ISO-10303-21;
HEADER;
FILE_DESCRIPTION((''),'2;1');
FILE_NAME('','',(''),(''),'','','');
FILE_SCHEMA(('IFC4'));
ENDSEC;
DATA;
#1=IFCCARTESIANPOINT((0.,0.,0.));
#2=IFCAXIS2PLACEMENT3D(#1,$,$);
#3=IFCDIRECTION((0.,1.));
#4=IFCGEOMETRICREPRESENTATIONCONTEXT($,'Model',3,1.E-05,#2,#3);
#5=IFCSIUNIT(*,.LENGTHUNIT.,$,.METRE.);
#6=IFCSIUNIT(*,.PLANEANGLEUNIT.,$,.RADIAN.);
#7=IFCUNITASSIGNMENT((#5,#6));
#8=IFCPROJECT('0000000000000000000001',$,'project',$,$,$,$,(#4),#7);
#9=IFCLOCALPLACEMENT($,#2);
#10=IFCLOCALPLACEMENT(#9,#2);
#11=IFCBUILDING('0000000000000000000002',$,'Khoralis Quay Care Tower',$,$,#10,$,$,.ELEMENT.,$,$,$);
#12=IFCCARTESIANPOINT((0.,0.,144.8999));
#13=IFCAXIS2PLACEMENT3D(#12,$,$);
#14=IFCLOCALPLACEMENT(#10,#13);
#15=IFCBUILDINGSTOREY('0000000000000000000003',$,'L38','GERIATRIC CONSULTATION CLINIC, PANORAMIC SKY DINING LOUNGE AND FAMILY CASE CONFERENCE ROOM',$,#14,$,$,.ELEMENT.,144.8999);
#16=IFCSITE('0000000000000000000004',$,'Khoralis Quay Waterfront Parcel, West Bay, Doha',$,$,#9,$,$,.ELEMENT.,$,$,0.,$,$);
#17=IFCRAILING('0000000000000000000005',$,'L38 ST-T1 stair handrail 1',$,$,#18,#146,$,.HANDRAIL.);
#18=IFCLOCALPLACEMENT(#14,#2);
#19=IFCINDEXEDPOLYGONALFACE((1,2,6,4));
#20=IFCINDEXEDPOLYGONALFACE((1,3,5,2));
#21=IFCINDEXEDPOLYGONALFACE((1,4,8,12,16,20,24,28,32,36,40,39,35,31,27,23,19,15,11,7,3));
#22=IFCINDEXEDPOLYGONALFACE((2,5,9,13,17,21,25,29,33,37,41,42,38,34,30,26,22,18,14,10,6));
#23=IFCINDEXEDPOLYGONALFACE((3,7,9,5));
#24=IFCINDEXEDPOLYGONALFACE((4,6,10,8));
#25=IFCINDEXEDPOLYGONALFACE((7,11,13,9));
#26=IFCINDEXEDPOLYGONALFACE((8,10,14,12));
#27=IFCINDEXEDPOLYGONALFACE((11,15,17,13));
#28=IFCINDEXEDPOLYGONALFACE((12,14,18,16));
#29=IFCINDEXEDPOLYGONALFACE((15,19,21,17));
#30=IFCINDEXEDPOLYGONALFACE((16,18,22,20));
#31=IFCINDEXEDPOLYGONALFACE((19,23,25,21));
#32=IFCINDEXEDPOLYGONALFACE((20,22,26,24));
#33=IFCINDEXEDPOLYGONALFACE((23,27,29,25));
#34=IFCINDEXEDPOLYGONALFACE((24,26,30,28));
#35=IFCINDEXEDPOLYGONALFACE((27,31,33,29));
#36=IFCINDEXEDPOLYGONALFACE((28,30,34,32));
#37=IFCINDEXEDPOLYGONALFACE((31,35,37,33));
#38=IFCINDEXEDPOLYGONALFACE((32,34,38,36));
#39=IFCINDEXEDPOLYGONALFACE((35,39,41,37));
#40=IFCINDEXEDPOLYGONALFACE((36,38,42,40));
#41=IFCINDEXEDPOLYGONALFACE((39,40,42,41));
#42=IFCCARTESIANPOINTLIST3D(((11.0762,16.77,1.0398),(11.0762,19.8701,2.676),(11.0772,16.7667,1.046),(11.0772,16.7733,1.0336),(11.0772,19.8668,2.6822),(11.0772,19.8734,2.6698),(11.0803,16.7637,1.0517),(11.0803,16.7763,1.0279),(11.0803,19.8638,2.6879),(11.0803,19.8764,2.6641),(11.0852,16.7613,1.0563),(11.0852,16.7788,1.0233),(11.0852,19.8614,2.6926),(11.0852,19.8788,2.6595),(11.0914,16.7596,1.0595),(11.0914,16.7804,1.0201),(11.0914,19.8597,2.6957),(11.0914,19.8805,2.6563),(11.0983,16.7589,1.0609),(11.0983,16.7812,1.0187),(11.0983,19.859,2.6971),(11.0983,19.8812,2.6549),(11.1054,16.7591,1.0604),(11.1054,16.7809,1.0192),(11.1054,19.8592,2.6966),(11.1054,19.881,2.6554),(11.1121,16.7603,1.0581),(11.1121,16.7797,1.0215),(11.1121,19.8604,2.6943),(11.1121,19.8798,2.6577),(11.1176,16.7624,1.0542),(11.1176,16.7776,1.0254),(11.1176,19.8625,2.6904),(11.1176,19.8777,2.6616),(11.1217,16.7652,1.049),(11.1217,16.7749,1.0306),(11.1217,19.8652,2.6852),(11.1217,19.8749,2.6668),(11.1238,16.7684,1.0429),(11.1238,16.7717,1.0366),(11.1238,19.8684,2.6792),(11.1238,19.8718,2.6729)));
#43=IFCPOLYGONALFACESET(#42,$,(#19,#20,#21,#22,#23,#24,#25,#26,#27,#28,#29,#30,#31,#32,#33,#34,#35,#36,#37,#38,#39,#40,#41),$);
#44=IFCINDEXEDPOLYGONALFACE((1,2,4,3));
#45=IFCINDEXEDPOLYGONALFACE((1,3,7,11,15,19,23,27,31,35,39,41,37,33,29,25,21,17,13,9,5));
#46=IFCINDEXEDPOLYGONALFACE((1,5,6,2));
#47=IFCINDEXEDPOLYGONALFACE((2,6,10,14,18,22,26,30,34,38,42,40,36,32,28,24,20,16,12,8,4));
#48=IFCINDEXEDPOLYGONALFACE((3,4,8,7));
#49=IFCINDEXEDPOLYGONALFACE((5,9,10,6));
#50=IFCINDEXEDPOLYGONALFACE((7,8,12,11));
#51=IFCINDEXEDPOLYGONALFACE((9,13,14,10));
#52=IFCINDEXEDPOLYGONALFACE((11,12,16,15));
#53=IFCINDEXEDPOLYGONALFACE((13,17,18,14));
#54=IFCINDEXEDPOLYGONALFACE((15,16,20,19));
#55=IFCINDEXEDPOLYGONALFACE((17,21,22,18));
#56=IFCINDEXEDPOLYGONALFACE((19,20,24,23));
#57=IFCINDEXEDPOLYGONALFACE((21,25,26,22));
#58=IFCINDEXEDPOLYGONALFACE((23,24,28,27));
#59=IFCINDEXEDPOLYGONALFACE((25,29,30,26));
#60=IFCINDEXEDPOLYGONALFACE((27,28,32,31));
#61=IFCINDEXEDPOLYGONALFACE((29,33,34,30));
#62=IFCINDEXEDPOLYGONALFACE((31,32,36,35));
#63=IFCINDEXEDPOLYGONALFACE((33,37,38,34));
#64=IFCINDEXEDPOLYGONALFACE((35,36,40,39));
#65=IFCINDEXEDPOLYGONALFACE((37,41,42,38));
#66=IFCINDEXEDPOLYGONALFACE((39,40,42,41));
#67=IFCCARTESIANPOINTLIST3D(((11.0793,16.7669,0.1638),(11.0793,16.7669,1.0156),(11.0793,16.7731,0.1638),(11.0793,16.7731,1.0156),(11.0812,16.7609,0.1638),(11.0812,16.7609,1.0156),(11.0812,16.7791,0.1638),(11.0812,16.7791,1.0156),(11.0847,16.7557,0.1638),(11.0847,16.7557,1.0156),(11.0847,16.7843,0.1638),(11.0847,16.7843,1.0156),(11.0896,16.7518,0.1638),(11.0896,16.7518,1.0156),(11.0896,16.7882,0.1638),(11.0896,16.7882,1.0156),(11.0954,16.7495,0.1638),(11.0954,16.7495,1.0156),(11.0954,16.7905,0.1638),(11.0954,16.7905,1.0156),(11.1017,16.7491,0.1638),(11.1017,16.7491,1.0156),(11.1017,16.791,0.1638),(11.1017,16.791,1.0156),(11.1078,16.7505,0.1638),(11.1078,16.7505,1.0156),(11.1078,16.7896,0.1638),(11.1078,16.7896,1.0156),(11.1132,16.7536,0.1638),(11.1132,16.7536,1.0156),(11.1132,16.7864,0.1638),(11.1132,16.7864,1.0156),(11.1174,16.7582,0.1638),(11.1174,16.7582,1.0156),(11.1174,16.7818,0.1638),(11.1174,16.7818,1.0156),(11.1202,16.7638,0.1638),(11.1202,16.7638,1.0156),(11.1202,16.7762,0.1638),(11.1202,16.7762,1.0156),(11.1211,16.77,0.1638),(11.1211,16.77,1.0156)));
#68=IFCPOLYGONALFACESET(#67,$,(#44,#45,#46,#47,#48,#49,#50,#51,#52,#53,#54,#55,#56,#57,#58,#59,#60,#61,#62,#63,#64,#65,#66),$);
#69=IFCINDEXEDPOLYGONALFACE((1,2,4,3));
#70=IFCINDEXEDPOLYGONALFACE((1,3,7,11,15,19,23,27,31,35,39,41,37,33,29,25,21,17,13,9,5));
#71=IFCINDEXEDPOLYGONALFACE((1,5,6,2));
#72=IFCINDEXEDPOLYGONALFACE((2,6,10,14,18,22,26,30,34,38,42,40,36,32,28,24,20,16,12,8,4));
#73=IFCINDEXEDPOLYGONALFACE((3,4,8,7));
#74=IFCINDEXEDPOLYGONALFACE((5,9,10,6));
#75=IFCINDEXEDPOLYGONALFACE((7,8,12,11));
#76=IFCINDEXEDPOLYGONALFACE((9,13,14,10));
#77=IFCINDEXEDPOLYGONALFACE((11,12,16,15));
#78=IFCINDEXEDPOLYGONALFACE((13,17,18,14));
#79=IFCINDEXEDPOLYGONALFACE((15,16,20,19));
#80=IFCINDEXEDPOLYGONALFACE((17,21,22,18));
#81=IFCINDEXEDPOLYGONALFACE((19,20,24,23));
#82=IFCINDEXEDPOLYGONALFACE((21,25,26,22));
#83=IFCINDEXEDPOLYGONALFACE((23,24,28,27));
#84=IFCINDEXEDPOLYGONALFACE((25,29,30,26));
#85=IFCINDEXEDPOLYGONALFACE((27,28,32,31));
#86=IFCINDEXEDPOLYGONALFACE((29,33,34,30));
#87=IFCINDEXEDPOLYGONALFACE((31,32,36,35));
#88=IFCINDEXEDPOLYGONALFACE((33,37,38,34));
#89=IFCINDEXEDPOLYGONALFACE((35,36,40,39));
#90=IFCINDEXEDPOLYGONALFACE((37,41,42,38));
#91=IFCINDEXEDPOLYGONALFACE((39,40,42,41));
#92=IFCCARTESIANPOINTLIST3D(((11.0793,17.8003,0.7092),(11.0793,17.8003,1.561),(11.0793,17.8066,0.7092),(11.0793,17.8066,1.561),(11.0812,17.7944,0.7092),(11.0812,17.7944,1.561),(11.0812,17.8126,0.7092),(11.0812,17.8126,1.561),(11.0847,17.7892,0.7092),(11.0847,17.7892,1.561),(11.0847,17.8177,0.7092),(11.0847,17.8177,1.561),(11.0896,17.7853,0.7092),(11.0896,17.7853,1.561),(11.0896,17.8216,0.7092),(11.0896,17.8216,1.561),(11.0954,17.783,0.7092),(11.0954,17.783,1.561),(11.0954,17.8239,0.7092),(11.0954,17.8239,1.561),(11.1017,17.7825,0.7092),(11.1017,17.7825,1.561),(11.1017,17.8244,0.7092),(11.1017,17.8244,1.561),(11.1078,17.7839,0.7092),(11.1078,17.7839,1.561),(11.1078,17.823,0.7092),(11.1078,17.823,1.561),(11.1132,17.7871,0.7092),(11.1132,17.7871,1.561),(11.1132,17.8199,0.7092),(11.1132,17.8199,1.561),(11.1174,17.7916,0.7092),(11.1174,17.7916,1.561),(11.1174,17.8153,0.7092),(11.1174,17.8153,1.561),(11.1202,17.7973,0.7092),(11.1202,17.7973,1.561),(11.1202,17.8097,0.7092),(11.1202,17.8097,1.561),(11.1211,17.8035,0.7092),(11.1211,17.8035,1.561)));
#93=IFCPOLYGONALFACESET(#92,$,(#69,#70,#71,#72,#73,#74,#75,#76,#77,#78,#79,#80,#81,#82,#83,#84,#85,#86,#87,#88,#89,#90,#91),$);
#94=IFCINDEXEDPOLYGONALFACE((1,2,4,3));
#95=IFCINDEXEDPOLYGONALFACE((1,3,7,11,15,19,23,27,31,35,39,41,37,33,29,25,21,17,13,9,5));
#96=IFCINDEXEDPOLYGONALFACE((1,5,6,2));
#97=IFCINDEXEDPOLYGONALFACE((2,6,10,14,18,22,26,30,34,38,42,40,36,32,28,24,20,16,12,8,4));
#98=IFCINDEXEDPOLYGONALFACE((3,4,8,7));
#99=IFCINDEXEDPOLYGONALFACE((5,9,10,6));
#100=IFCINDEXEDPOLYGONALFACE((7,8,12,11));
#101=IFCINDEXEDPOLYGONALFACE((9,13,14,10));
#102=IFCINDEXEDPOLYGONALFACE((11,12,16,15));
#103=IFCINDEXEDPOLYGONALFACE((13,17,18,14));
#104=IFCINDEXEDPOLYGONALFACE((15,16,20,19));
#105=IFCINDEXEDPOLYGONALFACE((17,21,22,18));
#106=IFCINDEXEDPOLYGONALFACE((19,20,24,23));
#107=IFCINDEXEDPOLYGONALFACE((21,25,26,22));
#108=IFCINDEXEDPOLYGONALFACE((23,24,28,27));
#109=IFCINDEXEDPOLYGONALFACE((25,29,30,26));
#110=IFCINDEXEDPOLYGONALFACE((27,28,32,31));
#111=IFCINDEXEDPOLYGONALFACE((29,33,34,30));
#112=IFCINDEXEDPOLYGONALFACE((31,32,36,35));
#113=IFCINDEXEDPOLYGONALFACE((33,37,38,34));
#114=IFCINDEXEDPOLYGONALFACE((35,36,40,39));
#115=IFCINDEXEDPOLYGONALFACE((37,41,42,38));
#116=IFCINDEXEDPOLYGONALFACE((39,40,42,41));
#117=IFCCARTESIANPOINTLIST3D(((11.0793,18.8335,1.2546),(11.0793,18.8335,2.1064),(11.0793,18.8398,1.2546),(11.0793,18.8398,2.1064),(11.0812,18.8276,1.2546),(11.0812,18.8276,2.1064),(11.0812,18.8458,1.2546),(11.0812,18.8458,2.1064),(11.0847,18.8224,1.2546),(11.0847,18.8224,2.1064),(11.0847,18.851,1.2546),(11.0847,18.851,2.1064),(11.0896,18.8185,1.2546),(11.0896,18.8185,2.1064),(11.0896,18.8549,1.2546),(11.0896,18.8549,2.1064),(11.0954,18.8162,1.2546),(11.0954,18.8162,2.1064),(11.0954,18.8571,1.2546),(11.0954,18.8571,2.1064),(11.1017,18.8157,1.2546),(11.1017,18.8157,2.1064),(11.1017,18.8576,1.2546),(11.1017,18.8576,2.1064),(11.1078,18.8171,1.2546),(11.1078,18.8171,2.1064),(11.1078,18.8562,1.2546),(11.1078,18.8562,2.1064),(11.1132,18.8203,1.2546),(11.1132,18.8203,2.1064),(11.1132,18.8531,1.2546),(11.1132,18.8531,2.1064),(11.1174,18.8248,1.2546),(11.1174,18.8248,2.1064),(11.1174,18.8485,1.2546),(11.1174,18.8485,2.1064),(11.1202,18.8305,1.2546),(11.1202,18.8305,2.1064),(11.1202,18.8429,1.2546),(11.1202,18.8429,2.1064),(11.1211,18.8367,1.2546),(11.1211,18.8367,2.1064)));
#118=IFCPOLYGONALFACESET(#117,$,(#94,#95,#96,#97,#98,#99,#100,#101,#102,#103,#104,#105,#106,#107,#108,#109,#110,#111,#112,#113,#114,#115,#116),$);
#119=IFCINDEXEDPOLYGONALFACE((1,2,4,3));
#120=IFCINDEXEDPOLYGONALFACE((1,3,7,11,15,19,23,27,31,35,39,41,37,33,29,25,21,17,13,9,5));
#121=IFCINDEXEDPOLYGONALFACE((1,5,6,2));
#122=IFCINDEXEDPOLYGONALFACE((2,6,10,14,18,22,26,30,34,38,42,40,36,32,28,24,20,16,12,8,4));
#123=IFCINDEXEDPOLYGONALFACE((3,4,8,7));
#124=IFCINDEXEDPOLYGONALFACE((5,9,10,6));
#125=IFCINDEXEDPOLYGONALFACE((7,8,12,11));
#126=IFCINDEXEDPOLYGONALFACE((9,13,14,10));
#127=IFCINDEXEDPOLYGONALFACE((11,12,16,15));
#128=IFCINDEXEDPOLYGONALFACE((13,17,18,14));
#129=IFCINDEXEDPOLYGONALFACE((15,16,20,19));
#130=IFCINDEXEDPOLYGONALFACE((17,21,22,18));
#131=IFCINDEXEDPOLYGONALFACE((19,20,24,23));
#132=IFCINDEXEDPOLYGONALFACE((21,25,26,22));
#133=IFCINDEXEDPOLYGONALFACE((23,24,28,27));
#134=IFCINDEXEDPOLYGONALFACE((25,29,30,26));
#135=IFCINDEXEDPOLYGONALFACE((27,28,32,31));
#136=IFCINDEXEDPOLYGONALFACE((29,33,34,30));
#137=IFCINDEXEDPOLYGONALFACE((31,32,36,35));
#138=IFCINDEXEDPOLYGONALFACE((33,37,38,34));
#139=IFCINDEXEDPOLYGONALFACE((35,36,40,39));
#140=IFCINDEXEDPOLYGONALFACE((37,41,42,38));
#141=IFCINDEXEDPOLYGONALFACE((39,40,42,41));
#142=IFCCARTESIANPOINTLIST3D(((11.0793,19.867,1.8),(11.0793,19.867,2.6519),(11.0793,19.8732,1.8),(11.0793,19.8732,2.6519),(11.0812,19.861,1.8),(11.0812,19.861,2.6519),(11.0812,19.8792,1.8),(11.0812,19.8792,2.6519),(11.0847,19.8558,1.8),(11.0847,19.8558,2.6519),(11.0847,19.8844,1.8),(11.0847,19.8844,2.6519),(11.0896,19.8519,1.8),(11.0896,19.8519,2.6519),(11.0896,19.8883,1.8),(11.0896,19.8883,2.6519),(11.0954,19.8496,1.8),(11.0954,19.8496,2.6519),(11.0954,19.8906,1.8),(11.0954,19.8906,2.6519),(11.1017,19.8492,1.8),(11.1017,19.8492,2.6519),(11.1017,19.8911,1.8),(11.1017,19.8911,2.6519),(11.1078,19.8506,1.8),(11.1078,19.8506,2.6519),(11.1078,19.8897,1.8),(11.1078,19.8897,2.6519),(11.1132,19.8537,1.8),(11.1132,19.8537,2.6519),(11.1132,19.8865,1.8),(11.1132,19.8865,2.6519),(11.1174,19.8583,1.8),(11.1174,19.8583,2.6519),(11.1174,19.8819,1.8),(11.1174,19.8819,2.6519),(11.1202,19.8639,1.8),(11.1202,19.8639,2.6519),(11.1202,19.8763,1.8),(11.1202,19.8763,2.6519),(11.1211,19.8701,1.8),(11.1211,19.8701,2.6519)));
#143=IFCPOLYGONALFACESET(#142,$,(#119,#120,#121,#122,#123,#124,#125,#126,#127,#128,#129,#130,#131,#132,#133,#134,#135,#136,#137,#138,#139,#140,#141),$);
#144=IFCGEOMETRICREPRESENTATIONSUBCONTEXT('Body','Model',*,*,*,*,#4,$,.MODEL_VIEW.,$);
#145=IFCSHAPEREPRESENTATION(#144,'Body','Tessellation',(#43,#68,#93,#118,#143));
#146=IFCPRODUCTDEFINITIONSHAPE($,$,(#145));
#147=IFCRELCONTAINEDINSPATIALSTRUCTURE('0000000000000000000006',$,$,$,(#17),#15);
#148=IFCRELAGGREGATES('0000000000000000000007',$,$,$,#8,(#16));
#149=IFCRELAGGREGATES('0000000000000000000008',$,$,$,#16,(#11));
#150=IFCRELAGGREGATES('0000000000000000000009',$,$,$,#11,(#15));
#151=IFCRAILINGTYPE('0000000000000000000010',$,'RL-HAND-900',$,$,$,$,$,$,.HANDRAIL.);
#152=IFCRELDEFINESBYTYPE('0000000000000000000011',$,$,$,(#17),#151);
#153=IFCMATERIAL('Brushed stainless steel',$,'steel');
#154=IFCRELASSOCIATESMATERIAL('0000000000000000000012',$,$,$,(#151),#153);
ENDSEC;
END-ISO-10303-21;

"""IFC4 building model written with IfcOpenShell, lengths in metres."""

from ifc_helpers import new_model, si_unit, direction, frame, origin, origin_2d, place, context, subcontext, project, spatial, circle, extrude, material, type_object, element, save


model = new_model("IFC4")

# Units and contexts
model_context = context("Model", 3, precision=1e-05, world=origin(), true_north=direction((0.0, 1.0)))
body_context = subcontext(model_context, "Body", "Model", "MODEL_VIEW")
ifc_project = project(units=[si_unit("LENGTHUNIT", "METRE"), si_unit("PLANEANGLEUNIT", "RADIAN")], contexts=[model_context])

# Site, building, storey
site_placement = place(None, origin())
site = spatial("IfcSite", under=ifc_project, at=site_placement, Name="Khoralis Quay Waterfront Parcel, West Bay, Doha", CompositionType="ELEMENT", RefElevation=0.0)
building_placement = place(site_placement, origin())
building = spatial("IfcBuilding", under=site, at=building_placement, Name="Khoralis Quay Care Tower", CompositionType="ELEMENT")
storey_placement = place(building_placement, frame((0.0, 0.0, 144.8999)))
storey = spatial("IfcBuildingStorey", under=building, at=storey_placement, Name="L38", Description="GERIATRIC CONSULTATION CLINIC, PANORAMIC SKY DINING LOUNGE AND FAMILY CASE CONFERENCE ROOM", CompositionType="ELEMENT", Elevation=144.8999)

# Shared definitions
ifc_material_1 = material(Name="Brushed stainless steel", Category="steel")

# Railing
railing_type_1 = type_object("IfcRailingType", Name="RL-HAND-900", PredefinedType="HANDRAIL", material=ifc_material_1)
railing_1_placement = place(storey_placement, frame((11.1001, 16.77, 0.1638)))
element("IfcRailing", 1, at=railing_1_placement, inside=storey, type_object=railing_type_1, Name="L38 ST-T1 stair handrail 1", PredefinedType="HANDRAIL", context=body_context, shape_type="SweptSolid", body=[
    extrude(circle(Radius=0.0239, at=origin_2d()), frame((0.0, 0.0, 0.876), z_axis=(0.0, 0.884377, 0.466774), x_axis=(-1.0, 0.0, 0.0)), (0.0, 0.0, 1.0), 3.5054),
    extrude(circle(Radius=0.021, at=origin_2d()), origin(), (0.0, 0.0, 1.0), 0.8518),
    extrude(circle(Radius=0.021, at=origin_2d()), frame((0.0, 1.0334, 0.5454)), (0.0, 0.0, 1.0), 0.8518),
    extrude(circle(Radius=0.021, at=origin_2d()), frame((0.0, 2.0667, 1.0908)), (0.0, 0.0, 1.0), 0.8518),
    extrude(circle(Radius=0.021, at=origin_2d()), frame((0.0, 3.1001, 1.6362)), (0.0, 0.0, 1.0), 0.8518),
])

save(model, "model.ifc")
